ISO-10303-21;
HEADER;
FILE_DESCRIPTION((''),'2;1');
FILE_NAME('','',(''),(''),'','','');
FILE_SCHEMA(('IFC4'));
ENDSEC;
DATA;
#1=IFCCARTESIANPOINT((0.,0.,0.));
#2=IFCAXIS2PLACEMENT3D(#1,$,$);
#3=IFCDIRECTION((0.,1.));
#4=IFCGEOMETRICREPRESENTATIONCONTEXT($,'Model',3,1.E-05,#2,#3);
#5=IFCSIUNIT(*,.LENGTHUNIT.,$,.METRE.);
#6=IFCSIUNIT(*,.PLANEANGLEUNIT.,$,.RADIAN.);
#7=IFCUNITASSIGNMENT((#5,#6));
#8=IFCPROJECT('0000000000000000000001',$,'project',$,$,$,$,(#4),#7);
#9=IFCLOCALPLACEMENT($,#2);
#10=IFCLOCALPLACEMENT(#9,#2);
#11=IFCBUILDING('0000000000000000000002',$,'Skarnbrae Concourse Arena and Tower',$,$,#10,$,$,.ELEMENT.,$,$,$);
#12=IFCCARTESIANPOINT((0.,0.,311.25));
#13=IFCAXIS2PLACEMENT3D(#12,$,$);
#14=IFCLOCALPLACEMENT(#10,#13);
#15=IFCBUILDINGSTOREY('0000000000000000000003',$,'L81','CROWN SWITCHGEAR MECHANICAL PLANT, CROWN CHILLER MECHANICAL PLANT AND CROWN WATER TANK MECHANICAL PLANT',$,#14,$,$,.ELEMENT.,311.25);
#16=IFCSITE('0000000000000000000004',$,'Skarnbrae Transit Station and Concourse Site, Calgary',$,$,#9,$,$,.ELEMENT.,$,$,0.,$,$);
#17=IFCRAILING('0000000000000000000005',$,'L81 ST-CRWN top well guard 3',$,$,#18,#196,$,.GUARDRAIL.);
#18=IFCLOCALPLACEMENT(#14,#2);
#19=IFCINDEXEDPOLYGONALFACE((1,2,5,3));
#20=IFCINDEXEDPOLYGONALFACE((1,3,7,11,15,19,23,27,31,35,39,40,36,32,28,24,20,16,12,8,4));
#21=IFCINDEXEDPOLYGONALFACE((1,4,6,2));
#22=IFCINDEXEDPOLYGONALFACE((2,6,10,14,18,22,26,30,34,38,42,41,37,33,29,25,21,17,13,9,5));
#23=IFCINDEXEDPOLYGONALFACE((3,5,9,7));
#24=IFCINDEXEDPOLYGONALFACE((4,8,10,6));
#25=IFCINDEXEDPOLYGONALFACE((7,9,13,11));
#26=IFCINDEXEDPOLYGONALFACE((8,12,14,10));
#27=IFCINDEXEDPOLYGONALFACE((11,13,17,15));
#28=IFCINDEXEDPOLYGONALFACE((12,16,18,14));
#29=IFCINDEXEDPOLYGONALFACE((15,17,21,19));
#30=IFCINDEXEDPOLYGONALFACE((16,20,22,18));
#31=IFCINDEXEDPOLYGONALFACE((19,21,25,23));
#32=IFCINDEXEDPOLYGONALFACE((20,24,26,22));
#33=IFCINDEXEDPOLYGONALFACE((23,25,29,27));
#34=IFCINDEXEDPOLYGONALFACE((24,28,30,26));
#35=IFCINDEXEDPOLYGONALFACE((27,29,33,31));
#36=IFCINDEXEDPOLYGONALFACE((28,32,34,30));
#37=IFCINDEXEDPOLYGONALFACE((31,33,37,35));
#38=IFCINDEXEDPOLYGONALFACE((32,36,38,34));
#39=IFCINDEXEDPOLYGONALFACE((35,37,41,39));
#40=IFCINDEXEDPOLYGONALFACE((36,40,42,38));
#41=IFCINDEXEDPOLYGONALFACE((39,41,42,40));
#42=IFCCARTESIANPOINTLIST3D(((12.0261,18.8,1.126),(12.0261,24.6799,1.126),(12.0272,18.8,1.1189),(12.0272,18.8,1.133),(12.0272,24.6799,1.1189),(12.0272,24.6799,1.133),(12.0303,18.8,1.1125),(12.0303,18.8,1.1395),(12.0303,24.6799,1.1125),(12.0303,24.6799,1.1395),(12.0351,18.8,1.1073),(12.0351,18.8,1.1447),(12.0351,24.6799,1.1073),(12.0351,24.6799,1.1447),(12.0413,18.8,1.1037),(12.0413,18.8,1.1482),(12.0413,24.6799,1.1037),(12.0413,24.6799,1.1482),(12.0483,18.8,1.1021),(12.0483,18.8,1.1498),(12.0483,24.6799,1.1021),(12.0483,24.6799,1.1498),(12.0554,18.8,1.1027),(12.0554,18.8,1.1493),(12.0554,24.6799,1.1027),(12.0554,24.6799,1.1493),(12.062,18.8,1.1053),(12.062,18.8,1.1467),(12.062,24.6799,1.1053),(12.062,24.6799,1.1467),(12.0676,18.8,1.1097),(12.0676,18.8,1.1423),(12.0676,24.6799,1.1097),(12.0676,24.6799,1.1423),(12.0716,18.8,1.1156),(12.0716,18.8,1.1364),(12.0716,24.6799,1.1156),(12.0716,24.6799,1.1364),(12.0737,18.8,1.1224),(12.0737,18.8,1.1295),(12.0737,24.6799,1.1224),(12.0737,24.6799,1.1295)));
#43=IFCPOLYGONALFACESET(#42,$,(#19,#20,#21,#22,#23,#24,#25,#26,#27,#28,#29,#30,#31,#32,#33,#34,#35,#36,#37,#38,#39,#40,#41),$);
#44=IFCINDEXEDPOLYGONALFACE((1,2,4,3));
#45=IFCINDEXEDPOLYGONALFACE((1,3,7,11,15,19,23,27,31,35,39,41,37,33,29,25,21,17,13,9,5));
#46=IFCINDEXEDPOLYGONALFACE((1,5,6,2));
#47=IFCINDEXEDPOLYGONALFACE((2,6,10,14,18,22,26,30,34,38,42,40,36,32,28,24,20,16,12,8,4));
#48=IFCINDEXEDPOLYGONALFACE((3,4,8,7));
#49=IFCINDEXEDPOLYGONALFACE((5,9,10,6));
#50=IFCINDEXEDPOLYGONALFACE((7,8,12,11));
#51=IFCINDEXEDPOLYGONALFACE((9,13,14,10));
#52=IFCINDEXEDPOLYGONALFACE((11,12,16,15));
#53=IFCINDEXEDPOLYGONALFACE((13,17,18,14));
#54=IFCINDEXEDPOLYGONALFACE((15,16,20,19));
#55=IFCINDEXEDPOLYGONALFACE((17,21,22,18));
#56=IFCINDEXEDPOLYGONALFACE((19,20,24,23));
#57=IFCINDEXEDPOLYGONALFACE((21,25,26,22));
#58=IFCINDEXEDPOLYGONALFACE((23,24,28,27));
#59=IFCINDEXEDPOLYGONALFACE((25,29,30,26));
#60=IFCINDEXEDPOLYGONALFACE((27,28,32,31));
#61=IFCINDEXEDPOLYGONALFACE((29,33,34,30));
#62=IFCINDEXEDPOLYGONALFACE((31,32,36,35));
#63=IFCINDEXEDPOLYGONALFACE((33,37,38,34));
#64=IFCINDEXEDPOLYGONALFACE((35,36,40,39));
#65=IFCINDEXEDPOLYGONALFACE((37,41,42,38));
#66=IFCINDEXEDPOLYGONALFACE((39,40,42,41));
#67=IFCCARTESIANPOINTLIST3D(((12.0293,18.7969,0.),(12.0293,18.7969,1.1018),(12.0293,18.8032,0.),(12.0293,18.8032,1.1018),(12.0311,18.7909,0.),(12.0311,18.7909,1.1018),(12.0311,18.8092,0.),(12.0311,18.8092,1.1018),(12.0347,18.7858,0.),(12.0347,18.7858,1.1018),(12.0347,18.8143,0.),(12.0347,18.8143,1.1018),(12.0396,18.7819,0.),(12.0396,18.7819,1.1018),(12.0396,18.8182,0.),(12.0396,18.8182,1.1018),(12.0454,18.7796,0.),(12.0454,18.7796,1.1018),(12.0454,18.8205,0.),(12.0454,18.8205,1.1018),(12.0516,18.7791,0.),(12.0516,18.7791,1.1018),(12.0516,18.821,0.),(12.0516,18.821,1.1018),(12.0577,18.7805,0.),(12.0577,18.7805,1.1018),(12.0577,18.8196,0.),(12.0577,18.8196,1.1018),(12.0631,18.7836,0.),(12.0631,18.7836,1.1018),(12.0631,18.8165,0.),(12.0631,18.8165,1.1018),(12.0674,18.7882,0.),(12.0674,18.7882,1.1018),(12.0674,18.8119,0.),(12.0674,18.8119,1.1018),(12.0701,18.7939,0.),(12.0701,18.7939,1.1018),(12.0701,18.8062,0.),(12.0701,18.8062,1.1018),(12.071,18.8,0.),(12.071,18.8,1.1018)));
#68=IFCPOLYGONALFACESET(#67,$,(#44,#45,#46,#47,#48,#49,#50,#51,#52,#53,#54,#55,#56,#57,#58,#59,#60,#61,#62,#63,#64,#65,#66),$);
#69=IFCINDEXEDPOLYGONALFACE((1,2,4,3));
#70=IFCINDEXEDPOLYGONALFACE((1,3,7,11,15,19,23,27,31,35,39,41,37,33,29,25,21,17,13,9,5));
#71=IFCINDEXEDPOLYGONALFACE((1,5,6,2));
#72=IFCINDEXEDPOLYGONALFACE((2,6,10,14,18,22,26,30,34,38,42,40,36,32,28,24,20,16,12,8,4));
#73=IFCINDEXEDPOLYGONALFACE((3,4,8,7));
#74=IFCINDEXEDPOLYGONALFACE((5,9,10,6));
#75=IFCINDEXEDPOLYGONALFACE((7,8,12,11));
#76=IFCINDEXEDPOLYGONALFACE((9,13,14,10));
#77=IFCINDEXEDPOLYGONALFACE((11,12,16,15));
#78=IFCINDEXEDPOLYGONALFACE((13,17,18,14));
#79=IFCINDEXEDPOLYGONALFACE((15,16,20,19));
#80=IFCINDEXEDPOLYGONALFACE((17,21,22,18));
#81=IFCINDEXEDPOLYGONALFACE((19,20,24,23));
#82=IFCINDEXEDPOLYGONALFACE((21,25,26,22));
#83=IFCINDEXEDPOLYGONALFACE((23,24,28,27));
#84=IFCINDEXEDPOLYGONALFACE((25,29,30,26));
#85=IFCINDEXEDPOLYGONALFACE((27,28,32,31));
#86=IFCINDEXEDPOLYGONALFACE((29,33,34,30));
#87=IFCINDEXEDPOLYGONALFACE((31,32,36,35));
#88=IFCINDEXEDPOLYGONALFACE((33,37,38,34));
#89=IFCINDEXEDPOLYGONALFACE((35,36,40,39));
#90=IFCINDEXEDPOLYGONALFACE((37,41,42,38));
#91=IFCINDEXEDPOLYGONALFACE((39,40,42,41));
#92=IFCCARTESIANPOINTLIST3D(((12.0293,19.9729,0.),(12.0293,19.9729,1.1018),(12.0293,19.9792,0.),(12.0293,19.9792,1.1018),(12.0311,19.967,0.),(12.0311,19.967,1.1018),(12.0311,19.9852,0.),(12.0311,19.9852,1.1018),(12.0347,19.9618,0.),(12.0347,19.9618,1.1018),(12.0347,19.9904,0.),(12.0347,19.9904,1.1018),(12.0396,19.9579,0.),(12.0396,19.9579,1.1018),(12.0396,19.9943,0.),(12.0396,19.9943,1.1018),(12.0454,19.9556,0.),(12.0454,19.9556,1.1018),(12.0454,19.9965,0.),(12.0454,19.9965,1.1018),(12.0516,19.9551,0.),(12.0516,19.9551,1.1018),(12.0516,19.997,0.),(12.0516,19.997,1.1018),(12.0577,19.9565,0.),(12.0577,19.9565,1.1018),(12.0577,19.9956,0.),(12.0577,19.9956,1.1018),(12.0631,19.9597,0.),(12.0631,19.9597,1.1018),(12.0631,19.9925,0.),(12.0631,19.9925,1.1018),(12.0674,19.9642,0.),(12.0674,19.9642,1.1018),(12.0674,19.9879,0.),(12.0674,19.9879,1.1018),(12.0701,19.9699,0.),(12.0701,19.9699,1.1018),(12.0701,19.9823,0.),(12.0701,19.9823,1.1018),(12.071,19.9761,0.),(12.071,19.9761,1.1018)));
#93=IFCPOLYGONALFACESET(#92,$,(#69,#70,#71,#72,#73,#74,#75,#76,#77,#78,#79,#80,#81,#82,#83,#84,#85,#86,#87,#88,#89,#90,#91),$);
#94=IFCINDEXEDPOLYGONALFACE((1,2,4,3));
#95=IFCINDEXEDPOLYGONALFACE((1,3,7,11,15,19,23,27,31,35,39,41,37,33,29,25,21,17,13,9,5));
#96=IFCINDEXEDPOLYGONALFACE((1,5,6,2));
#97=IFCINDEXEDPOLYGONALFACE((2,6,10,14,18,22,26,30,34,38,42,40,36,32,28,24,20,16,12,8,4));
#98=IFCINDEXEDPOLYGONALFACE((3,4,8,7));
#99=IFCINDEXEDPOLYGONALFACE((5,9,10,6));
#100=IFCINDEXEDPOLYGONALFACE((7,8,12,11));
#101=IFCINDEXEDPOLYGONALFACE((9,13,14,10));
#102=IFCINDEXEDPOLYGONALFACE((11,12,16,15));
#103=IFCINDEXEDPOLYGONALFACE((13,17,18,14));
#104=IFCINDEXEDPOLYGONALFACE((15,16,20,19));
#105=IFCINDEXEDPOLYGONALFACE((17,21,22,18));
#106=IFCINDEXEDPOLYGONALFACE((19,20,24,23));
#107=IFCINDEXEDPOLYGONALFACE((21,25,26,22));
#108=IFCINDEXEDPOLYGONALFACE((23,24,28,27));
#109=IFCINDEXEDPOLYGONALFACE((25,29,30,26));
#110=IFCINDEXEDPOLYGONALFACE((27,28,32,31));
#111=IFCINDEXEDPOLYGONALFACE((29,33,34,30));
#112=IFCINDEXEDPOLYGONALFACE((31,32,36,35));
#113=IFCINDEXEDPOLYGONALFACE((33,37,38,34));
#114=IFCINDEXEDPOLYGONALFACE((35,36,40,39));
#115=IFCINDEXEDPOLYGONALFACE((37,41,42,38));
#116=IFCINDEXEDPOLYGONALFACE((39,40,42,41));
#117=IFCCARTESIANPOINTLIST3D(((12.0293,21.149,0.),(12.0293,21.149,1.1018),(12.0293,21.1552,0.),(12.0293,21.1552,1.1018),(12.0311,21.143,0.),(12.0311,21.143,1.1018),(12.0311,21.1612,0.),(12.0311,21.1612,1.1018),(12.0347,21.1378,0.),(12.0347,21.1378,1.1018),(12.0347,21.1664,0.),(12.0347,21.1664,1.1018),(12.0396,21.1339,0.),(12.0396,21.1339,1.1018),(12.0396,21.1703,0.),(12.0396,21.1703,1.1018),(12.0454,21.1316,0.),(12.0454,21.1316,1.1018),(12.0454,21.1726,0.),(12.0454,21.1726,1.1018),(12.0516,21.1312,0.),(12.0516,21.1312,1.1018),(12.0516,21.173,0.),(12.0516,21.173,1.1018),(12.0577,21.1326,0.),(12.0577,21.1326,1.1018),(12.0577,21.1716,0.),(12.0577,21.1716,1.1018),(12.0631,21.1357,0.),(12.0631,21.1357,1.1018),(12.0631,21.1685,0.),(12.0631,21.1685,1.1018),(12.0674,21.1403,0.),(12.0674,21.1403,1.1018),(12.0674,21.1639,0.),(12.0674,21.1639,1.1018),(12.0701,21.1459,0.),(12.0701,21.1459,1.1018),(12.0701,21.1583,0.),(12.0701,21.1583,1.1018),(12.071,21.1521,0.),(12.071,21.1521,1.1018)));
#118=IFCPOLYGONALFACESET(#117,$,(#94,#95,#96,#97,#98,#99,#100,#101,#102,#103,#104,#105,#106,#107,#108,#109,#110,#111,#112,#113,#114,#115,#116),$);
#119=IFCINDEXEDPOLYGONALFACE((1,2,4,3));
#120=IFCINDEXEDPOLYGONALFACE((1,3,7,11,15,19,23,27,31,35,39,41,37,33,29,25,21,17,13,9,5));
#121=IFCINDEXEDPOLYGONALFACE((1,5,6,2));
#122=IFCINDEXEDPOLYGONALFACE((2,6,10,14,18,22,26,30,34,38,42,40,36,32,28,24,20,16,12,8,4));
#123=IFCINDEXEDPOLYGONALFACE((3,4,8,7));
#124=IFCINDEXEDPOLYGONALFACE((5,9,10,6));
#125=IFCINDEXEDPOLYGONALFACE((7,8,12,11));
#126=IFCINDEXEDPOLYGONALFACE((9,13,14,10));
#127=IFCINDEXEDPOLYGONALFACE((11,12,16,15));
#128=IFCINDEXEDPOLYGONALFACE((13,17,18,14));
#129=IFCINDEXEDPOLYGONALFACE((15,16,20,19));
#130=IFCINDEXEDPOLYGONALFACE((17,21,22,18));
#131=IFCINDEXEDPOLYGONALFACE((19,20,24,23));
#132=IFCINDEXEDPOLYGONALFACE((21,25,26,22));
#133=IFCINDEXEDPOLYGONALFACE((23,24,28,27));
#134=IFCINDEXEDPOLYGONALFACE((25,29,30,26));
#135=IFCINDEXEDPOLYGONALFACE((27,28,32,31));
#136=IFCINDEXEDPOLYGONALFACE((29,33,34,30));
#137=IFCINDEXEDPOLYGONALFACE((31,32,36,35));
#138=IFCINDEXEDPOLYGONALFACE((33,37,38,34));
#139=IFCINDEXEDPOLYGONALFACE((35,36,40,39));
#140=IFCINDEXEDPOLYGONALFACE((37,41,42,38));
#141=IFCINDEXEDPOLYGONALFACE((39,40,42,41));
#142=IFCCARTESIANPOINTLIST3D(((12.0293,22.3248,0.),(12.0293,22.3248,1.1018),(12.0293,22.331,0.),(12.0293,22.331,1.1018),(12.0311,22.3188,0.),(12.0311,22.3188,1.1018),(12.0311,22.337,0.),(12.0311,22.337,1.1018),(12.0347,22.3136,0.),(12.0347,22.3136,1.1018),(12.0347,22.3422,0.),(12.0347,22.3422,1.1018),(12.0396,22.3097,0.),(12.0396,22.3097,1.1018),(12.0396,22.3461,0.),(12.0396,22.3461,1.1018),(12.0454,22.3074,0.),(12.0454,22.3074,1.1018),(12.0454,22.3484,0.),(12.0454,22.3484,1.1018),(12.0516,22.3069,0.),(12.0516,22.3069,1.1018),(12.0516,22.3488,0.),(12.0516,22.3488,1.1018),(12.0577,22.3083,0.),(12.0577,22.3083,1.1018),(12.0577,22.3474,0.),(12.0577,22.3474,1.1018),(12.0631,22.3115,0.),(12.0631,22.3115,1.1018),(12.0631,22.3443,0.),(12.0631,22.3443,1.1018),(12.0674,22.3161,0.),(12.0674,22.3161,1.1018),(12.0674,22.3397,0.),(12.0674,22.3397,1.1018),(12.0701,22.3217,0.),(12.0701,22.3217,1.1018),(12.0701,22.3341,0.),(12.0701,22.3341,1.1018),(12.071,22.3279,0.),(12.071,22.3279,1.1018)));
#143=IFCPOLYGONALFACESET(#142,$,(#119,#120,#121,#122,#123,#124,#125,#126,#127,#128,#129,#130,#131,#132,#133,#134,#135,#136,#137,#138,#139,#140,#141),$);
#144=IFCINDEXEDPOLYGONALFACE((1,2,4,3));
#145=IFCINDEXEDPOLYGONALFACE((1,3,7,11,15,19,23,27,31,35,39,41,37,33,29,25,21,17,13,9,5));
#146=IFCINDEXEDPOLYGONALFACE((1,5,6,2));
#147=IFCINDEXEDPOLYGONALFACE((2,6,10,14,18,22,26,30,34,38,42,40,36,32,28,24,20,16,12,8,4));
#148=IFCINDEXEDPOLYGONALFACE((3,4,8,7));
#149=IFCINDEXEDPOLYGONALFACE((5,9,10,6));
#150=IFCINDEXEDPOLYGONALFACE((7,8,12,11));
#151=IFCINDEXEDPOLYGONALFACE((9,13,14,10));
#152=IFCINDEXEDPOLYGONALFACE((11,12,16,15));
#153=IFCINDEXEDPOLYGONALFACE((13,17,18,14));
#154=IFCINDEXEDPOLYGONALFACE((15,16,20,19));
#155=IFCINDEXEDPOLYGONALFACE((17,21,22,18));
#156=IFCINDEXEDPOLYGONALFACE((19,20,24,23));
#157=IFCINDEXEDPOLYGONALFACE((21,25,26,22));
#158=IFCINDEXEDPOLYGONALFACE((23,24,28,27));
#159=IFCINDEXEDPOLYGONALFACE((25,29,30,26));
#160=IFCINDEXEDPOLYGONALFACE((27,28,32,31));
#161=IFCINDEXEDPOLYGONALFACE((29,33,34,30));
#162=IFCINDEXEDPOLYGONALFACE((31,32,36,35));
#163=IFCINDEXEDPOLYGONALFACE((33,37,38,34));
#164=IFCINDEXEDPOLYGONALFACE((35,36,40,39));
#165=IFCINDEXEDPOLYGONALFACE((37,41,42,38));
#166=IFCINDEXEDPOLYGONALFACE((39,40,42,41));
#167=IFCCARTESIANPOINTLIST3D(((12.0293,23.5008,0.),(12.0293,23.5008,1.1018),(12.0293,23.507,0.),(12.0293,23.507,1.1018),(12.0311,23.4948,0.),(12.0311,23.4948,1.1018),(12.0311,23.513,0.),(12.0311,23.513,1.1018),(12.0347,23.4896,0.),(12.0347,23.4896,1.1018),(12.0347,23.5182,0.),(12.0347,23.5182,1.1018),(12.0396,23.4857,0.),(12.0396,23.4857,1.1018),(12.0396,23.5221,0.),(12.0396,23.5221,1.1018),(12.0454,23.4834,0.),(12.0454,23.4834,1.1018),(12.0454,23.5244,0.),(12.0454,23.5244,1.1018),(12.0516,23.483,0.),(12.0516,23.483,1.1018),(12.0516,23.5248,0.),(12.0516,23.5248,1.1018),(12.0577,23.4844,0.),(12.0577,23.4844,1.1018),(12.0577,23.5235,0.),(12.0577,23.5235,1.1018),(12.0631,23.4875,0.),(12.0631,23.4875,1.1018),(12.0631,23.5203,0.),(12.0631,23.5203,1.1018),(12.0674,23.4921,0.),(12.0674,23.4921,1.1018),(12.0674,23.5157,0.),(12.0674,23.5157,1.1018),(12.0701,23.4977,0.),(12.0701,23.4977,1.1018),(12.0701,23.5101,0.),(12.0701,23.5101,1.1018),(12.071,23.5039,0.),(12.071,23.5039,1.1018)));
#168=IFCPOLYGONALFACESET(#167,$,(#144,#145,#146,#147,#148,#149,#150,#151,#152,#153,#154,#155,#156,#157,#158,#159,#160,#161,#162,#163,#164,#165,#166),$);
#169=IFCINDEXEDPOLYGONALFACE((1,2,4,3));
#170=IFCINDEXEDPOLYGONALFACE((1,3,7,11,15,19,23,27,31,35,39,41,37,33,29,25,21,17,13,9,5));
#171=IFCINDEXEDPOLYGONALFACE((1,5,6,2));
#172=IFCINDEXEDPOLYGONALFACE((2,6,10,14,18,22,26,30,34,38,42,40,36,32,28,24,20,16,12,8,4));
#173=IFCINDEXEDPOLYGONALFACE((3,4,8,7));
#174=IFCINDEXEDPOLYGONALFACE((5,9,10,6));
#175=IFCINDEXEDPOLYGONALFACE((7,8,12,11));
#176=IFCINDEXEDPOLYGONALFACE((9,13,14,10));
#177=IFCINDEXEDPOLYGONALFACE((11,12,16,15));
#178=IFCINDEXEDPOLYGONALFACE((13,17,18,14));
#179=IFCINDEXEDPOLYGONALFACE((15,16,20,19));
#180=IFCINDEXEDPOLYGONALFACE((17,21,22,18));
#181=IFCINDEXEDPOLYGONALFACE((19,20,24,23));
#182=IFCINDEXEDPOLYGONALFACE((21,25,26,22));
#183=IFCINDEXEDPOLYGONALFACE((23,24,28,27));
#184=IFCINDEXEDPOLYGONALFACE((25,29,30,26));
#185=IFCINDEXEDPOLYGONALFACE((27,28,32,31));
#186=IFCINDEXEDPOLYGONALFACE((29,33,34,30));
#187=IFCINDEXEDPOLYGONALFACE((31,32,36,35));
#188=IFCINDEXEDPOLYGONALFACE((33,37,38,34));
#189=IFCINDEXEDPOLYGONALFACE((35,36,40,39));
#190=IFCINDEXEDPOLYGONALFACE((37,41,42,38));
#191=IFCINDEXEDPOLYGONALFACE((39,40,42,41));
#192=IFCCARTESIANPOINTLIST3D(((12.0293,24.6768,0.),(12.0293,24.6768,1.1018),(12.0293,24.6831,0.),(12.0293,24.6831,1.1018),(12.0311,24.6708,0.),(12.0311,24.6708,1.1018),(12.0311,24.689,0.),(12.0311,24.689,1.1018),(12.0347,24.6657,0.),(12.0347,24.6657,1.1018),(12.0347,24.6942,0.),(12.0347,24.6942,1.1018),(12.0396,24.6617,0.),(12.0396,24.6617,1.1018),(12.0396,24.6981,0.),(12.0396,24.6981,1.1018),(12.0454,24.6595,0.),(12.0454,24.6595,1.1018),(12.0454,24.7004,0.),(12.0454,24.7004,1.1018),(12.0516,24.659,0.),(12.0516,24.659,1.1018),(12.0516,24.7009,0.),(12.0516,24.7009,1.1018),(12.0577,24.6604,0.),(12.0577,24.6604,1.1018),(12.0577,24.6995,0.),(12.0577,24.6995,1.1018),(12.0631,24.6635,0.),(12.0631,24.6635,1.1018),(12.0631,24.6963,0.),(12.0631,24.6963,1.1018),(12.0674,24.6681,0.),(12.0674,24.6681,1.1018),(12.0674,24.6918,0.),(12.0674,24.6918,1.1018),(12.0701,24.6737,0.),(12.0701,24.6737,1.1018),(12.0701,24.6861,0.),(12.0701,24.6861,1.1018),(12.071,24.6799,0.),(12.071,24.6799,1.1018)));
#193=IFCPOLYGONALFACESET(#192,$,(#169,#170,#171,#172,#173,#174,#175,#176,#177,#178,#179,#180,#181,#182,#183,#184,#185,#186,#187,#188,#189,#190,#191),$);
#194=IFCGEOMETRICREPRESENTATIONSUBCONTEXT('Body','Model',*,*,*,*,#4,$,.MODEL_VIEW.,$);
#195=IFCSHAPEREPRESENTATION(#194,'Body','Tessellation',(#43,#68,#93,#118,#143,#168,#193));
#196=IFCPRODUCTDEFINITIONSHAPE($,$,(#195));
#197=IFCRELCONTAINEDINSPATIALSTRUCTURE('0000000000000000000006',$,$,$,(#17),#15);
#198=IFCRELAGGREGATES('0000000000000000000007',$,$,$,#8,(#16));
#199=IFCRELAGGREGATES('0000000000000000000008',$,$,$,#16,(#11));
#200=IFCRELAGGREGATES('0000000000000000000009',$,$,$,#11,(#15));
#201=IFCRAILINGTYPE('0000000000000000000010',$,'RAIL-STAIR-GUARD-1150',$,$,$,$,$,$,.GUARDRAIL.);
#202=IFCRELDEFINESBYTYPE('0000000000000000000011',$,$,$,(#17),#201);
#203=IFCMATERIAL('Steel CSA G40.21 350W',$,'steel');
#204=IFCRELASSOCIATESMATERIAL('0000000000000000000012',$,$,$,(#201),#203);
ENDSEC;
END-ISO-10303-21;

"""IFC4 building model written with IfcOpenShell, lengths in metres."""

from ifc_helpers import new_model, si_unit, direction, frame, origin, origin_2d, place, context, subcontext, project, spatial, circle, extrude, material, type_object, element, save


model = new_model("IFC4")

# Units and contexts
model_context = context("Model", 3, precision=1e-05, world=origin(), true_north=direction((0.0, 1.0)))
body_context = subcontext(model_context, "Body", "Model", "MODEL_VIEW")
ifc_project = project(units=[si_unit("LENGTHUNIT", "METRE"), si_unit("PLANEANGLEUNIT", "RADIAN")], contexts=[model_context])

# Site, building, storey
site_placement = place(None, origin())
site = spatial("IfcSite", under=ifc_project, at=site_placement, Name="Skarnbrae Transit Station and Concourse Site, Calgary", CompositionType="ELEMENT", RefElevation=0.0)
building_placement = place(site_placement, origin())
building = spatial("IfcBuilding", under=site, at=building_placement, Name="Skarnbrae Concourse Arena and Tower", CompositionType="ELEMENT")
storey_placement = place(building_placement, frame((0.0, 0.0, 311.25)))
storey = spatial("IfcBuildingStorey", under=building, at=storey_placement, Name="L81", Description="CROWN SWITCHGEAR MECHANICAL PLANT, CROWN CHILLER MECHANICAL PLANT AND CROWN WATER TANK MECHANICAL PLANT", CompositionType="ELEMENT", Elevation=311.25)

# Shared definitions
ifc_material_1 = material(Name="Steel CSA G40.21 350W", Category="steel")

# Railing
railing_type = type_object("IfcRailingType", Name="RAIL-STAIR-GUARD-1150", PredefinedType="GUARDRAIL", material=ifc_material_1)
for number, where, name in (
    (1, (12.05, 18.8, 0.0), "L81 ST-CRWN top well guard 3"),
):
    element("IfcRailing", number, at=place(storey_placement, frame(where)), inside=storey, type_object=railing_type, Name=name, PredefinedType="GUARDRAIL", context=body_context, shape_type="SweptSolid", body=[
        extrude(circle(Radius=0.0239, at=origin_2d()), frame((0.0, 0.0, 1.126), z_axis=(0.0, 1.0, 0.0), x_axis=(-1.0, 0.0, 0.0)), (0.0, 0.0, 1.0), 5.8799),
        extrude(circle(Radius=0.021, at=origin_2d()), origin(), (0.0, 0.0, 1.0), 1.1018),
        extrude(circle(Radius=0.021, at=origin_2d()), frame((0.0, 1.176, 0.0)), (0.0, 0.0, 1.0), 1.1018),
        extrude(circle(Radius=0.021, at=origin_2d()), frame((0.0, 2.3521, 0.0)), (0.0, 0.0, 1.0), 1.1018),
        extrude(circle(Radius=0.021, at=origin_2d()), frame((0.0, 3.5278, 0.0)), (0.0, 0.0, 1.0), 1.1018),
        extrude(circle(Radius=0.021, at=origin_2d()), frame((0.0, 4.7039, 0.0)), (0.0, 0.0, 1.0), 1.1018),
        extrude(circle(Radius=0.021, at=origin_2d()), frame((0.0, 5.8799, 0.0)), (0.0, 0.0, 1.0), 1.1018),
    ])

save(model, "model.ifc")
